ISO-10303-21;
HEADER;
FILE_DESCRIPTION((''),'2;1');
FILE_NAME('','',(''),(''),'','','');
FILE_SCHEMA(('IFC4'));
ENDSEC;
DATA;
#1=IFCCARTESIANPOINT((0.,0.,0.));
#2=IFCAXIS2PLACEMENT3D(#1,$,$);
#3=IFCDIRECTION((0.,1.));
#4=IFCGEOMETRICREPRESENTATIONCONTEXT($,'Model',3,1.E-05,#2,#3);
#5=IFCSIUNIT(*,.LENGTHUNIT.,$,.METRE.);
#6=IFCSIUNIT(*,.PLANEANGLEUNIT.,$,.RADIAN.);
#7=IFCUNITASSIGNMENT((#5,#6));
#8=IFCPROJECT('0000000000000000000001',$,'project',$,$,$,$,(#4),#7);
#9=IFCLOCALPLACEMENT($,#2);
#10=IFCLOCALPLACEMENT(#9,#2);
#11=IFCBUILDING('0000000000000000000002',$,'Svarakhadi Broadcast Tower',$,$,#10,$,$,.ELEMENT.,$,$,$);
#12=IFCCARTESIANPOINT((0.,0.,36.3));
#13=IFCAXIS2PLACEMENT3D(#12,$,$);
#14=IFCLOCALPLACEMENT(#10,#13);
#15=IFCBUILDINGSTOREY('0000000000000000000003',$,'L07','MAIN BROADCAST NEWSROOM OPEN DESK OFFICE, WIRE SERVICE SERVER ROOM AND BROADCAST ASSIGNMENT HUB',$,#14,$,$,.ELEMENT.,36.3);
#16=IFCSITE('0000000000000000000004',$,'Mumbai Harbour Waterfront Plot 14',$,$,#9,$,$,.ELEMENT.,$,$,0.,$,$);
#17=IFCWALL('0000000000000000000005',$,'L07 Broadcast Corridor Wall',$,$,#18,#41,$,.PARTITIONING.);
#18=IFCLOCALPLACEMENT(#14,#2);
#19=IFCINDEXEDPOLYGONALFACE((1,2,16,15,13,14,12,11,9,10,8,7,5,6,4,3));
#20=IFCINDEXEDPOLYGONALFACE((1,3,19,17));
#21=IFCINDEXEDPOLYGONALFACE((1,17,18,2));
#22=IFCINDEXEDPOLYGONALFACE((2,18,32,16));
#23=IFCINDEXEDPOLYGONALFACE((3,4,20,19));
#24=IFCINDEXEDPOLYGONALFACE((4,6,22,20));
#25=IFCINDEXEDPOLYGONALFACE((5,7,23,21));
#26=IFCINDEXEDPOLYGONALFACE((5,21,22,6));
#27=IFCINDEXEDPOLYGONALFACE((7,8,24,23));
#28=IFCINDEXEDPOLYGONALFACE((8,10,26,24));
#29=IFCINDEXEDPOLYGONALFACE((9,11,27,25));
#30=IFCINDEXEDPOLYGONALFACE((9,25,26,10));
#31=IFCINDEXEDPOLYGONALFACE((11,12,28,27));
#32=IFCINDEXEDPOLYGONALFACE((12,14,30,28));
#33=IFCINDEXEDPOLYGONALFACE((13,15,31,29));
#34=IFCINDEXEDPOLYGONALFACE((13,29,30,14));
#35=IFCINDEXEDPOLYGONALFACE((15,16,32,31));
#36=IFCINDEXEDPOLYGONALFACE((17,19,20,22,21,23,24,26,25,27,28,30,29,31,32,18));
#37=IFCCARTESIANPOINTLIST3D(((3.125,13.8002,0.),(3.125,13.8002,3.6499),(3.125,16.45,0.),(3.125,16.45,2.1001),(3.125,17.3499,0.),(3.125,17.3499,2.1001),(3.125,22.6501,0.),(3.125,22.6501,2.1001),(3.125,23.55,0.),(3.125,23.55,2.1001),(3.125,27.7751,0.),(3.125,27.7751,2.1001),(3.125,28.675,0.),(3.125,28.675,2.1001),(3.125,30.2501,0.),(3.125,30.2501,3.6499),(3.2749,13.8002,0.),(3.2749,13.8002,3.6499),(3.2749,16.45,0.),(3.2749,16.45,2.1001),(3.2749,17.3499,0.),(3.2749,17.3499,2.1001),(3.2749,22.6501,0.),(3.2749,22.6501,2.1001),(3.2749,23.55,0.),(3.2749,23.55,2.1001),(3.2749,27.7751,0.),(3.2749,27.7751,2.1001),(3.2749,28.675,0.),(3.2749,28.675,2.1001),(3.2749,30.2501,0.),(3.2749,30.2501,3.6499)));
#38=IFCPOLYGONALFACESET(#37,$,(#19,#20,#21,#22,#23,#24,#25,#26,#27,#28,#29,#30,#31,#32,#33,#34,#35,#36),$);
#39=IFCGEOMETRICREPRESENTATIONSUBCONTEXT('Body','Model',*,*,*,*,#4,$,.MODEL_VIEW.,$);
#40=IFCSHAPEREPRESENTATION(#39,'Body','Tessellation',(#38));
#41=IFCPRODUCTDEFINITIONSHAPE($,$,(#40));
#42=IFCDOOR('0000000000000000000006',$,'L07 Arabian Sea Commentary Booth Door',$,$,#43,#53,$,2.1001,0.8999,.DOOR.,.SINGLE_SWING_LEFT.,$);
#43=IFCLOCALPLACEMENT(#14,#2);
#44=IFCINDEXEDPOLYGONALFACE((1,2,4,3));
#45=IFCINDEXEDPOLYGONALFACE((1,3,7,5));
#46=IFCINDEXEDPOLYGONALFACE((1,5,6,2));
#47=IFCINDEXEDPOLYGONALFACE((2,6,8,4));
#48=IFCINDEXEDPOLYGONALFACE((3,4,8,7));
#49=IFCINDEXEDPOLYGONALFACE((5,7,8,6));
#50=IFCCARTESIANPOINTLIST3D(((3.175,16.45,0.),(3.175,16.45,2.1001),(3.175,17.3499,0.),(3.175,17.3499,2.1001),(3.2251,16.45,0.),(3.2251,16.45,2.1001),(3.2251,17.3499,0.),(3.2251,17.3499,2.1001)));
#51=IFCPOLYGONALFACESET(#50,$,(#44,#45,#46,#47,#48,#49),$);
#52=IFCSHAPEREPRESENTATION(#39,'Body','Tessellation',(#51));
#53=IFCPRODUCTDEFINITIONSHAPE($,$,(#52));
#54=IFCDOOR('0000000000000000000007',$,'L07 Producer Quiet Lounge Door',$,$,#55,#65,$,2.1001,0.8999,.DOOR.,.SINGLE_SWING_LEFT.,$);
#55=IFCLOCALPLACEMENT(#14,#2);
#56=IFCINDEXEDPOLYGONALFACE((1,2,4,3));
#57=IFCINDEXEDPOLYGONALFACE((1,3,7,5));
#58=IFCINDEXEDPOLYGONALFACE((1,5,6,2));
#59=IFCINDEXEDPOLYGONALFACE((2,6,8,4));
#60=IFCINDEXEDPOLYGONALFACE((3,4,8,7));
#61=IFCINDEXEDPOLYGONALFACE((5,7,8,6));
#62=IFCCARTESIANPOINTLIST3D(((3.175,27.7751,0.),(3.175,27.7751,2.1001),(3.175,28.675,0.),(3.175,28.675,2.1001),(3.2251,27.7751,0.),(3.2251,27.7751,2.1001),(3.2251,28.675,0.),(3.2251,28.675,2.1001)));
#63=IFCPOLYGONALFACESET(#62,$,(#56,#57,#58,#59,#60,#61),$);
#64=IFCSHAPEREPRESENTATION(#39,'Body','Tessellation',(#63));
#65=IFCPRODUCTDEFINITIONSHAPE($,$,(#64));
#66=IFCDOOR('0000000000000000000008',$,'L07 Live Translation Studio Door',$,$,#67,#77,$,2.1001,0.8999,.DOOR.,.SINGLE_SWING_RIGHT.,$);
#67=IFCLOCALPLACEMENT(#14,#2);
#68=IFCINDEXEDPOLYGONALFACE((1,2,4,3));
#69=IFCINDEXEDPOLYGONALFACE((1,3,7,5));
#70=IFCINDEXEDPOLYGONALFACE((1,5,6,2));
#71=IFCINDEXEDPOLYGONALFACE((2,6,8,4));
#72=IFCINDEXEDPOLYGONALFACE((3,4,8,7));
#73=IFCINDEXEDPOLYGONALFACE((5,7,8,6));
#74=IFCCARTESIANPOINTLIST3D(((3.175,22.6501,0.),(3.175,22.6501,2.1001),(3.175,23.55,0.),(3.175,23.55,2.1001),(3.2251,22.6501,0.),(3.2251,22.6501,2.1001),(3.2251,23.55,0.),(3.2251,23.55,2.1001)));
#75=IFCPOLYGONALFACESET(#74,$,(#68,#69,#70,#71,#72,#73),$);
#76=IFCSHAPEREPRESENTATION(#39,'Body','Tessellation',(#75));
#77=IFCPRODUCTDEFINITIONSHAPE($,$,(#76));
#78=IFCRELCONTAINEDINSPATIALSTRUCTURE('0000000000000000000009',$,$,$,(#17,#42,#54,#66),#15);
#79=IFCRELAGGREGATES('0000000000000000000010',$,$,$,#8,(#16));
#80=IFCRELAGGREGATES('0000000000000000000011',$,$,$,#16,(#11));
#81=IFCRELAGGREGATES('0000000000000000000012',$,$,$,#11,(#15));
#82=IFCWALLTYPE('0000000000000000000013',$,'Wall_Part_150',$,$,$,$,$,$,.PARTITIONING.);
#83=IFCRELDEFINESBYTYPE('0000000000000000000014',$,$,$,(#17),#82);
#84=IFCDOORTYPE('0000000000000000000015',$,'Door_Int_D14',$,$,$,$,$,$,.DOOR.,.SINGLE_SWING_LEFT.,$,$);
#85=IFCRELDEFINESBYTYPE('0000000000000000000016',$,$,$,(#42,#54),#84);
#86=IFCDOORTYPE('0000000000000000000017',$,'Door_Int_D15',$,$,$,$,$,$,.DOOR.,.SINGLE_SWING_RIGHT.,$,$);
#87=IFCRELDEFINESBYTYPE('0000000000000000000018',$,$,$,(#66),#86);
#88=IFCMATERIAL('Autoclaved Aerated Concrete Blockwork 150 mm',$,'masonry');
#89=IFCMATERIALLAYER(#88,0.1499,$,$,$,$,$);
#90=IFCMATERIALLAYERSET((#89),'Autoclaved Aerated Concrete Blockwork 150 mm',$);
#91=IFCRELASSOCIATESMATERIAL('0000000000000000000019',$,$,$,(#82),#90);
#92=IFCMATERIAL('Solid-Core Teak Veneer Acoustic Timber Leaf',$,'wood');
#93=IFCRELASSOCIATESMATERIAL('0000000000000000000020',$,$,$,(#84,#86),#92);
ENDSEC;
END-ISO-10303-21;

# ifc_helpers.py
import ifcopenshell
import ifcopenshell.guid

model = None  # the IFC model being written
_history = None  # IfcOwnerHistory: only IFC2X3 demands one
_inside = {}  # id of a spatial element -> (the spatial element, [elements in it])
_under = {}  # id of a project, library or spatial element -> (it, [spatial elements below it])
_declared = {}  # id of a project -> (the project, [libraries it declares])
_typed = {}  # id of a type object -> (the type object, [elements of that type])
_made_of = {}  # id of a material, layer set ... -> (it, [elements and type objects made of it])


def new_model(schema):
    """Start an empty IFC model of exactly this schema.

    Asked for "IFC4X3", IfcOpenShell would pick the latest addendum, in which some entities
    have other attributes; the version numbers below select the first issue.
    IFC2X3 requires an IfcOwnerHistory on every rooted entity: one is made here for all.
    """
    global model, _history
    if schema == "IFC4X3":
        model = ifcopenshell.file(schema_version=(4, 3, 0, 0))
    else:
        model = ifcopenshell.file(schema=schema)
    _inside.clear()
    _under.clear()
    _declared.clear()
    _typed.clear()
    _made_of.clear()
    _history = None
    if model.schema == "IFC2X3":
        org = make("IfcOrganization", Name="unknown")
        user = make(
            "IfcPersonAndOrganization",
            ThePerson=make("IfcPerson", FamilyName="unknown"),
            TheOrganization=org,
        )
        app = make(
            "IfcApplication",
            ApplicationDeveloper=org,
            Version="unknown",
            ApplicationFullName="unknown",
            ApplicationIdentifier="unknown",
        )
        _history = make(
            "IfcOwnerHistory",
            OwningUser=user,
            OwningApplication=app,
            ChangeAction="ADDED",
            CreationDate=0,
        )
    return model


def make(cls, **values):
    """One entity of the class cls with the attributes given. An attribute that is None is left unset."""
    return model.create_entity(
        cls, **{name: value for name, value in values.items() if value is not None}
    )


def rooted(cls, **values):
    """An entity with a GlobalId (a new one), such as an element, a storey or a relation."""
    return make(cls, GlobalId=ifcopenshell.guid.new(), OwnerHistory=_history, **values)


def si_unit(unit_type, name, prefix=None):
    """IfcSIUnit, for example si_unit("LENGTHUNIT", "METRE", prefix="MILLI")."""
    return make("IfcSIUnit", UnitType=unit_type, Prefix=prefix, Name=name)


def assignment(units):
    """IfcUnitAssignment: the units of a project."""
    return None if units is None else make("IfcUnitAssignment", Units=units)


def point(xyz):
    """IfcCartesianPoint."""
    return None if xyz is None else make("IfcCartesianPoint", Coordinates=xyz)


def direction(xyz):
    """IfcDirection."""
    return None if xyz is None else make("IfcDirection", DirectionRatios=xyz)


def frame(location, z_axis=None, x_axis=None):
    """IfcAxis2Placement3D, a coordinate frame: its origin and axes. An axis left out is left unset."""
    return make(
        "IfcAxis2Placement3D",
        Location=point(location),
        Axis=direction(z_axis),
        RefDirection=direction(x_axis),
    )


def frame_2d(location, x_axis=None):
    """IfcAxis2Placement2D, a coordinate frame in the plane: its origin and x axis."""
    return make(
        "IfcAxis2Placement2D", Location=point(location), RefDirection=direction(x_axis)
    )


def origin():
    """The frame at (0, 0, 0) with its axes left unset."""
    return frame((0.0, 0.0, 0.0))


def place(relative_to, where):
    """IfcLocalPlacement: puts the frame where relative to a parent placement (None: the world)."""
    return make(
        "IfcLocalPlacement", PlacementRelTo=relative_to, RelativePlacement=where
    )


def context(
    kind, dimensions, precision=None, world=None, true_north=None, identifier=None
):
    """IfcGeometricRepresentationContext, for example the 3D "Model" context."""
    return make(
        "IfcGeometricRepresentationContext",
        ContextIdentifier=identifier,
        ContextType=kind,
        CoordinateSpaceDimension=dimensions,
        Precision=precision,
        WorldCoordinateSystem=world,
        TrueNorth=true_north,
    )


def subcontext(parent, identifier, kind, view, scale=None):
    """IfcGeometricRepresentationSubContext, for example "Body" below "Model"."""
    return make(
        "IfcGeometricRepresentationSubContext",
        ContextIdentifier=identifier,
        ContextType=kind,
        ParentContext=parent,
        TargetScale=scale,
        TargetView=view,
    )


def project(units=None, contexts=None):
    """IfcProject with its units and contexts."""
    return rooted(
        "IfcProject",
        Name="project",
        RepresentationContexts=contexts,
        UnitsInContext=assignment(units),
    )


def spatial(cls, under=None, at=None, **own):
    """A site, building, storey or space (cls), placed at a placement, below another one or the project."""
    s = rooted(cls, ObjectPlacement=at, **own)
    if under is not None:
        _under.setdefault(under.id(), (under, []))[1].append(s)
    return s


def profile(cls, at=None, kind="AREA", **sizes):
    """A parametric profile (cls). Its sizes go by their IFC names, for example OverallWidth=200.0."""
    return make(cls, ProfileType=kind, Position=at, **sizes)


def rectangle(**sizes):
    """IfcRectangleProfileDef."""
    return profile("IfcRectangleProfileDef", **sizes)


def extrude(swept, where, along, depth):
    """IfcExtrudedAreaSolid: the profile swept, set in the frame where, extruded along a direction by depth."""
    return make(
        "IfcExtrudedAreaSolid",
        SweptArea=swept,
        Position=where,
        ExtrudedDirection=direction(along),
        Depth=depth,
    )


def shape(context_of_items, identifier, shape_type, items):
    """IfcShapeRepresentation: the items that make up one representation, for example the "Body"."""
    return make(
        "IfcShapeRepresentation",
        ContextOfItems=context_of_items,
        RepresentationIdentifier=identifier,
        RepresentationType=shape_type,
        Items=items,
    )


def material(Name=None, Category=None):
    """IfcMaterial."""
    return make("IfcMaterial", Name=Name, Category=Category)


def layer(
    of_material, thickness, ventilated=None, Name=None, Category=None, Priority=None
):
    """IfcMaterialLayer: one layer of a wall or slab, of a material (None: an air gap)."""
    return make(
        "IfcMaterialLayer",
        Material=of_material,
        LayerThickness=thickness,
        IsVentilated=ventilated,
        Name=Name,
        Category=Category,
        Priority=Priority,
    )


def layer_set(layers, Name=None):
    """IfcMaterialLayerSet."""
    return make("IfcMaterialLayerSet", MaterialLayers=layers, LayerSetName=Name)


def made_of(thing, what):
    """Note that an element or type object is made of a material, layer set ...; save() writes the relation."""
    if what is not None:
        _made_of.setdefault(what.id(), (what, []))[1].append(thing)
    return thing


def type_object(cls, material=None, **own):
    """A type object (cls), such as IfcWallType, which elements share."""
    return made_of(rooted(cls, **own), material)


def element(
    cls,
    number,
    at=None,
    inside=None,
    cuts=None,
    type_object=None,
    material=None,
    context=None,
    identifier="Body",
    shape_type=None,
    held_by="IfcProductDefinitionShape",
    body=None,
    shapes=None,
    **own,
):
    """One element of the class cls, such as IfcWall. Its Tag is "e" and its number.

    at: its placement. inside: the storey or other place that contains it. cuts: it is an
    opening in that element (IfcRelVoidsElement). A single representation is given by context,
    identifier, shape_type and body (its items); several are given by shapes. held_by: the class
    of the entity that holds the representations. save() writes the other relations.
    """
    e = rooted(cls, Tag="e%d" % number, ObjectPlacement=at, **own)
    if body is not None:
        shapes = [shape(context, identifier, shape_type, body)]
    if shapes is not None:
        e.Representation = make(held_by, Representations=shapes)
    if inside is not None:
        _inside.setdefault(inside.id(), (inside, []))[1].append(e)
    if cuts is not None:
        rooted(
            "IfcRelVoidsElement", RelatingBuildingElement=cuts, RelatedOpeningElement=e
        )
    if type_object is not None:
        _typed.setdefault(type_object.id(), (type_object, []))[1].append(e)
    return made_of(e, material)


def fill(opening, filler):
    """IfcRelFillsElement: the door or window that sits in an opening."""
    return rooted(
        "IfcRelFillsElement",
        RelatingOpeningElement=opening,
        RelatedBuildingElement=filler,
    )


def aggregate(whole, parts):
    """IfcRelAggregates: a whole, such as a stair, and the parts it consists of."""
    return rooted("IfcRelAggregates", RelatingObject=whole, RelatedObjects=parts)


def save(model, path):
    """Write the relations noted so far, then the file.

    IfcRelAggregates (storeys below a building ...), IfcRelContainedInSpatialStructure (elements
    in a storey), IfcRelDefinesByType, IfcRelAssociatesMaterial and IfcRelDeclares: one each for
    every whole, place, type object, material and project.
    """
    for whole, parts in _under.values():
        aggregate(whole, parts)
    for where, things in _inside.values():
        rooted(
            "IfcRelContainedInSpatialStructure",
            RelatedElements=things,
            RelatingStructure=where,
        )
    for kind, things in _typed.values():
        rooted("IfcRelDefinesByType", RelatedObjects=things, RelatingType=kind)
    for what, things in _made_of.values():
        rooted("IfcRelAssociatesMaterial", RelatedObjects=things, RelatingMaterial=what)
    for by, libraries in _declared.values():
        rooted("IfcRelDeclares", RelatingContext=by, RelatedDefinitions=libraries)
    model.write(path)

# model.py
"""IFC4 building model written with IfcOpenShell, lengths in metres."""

from ifc_helpers import new_model, si_unit, direction, frame, frame_2d, origin, place, context, subcontext, project, spatial, rectangle, extrude, material, layer, layer_set, type_object, element, fill, save


model = new_model("IFC4")

# Units and contexts
model_context = context("Model", 3, precision=1e-05, world=origin(), true_north=direction((0.0, 1.0)))
body_context = subcontext(model_context, "Body", "Model", "MODEL_VIEW")
ifc_project = project(units=[si_unit("LENGTHUNIT", "METRE"), si_unit("PLANEANGLEUNIT", "RADIAN")], contexts=[model_context])

# Site, building, storey
site_placement = place(None, origin())
site = spatial("IfcSite", under=ifc_project, at=site_placement, Name="Mumbai Harbour Waterfront Plot 14", CompositionType="ELEMENT", RefElevation=0.0)
building_placement = place(site_placement, origin())
building = spatial("IfcBuilding", under=site, at=building_placement, Name="Svarakhadi Broadcast Tower", CompositionType="ELEMENT")
storey_placement = place(building_placement, frame((0.0, 0.0, 36.3)))
storey = spatial("IfcBuildingStorey", under=building, at=storey_placement, Name="L07", Description="MAIN BROADCAST NEWSROOM OPEN DESK OFFICE, WIRE SERVICE SERVER ROOM AND BROADCAST ASSIGNMENT HUB", CompositionType="ELEMENT", Elevation=36.3)

# Shared definitions
ifc_material_1 = material(Name="Autoclaved Aerated Concrete Blockwork 150 mm", Category="masonry")
ifc_layer_1 = layer(ifc_material_1, 0.1499)
ifc_layer_set_1 = layer_set([ifc_layer_1], Name="Autoclaved Aerated Concrete Blockwork 150 mm")
wall_type_1 = type_object("IfcWallType", Name="Wall_Part_150", PredefinedType="PARTITIONING", material=ifc_layer_set_1)

# Wall, openings, doors
wall_1_placement = place(storey_placement, frame((3.2, 13.8, 0.0), z_axis=(0.0, 0.0, 1.0), x_axis=(0.0, 1.0, 0.0)))
wall_1 = element("IfcWall", 1, at=wall_1_placement, inside=storey, type_object=wall_type_1, Name="L07 Broadcast Corridor Wall", PredefinedType="PARTITIONING", context=body_context, shape_type="SweptSolid", body=[
    extrude(rectangle(XDim=16.45, YDim=0.1499, at=frame_2d((8.2251, 0.0))), origin(), (0.0, 0.0, 1.0), 3.6499),
])
opening_1_placement = place(wall_1_placement, frame((2.6499, 0.0, 0.0)))
opening_1 = element("IfcOpeningElement", 2, at=opening_1_placement, cuts=wall_1, PredefinedType="OPENING", context=body_context, shape_type="SweptSolid", body=[
    extrude(rectangle(XDim=0.8999, YDim=2.1001, at=frame_2d((0.45, 1.05))), frame((0.0, 0.085, 0.0), z_axis=(0.0, -1.0, 0.0), x_axis=(1.0, 0.0, 0.0)), (0.0, 0.0, 1.0), 0.1699),
])
opening_2_placement = place(wall_1_placement, frame((8.8501, 0.0, 0.0)))
opening_2 = element("IfcOpeningElement", 3, at=opening_2_placement, cuts=wall_1, PredefinedType="OPENING", context=body_context, shape_type="SweptSolid", body=[
    extrude(rectangle(XDim=0.8999, YDim=2.1001, at=frame_2d((0.45, 1.05))), frame((0.0, 0.085, 0.0), z_axis=(0.0, -1.0, 0.0), x_axis=(1.0, 0.0, 0.0)), (0.0, 0.0, 1.0), 0.1699),
])
opening_3_placement = place(wall_1_placement, frame((13.9751, 0.0, 0.0)))
opening_3 = element("IfcOpeningElement", 4, at=opening_3_placement, cuts=wall_1, PredefinedType="OPENING", context=body_context, shape_type="SweptSolid", body=[
    extrude(rectangle(XDim=0.8999, YDim=2.1001, at=frame_2d((0.45, 1.05))), frame((0.0, 0.085, 0.0), z_axis=(0.0, -1.0, 0.0), x_axis=(1.0, 0.0, 0.0)), (0.0, 0.0, 1.0), 0.1699),
])
ifc_material_2 = material(Name="Solid-Core Teak Veneer Acoustic Timber Leaf", Category="wood")
door_type_1 = type_object("IfcDoorType", Name="Door_Int_D14", OperationType="SINGLE_SWING_LEFT", PredefinedType="DOOR", material=ifc_material_2)
door_1_placement = place(opening_1_placement, origin())
door_1 = element("IfcDoor", 5, at=door_1_placement, inside=storey, type_object=door_type_1, Name="L07 Arabian Sea Commentary Booth Door", OperationType="SINGLE_SWING_LEFT", OverallHeight=2.1001, OverallWidth=0.8999, PredefinedType="DOOR", context=body_context, shape_type="SweptSolid", body=[
    extrude(rectangle(XDim=0.8999, YDim=2.1001, at=frame_2d((0.45, 1.05))), frame((0.0, 0.0249, 0.0), z_axis=(0.0, -1.0, 0.0), x_axis=(1.0, 0.0, 0.0)), (0.0, 0.0, 1.0), 0.05),
])
fill(opening_1, door_1)
door_2_placement = place(opening_3_placement, origin())
door_2 = element("IfcDoor", 6, at=door_2_placement, inside=storey, type_object=door_type_1, Name="L07 Producer Quiet Lounge Door", OperationType="SINGLE_SWING_LEFT", OverallHeight=2.1001, OverallWidth=0.8999, PredefinedType="DOOR", context=body_context, shape_type="SweptSolid", body=[
    extrude(rectangle(XDim=0.8999, YDim=2.1001, at=frame_2d((0.45, 1.05))), frame((0.0, 0.0249, 0.0), z_axis=(0.0, -1.0, 0.0), x_axis=(1.0, 0.0, 0.0)), (0.0, 0.0, 1.0), 0.05),
])
fill(opening_3, door_2)
door_type_2 = type_object("IfcDoorType", Name="Door_Int_D15", OperationType="SINGLE_SWING_RIGHT", PredefinedType="DOOR", material=ifc_material_2)
door_3_placement = place(opening_2_placement, origin())
door_3 = element("IfcDoor", 7, at=door_3_placement, inside=storey, type_object=door_type_2, Name="L07 Live Translation Studio Door", OperationType="SINGLE_SWING_RIGHT", OverallHeight=2.1001, OverallWidth=0.8999, PredefinedType="DOOR", context=body_context, shape_type="SweptSolid", body=[
    extrude(rectangle(XDim=0.8999, YDim=2.1001, at=frame_2d((0.45, 1.05))), frame((0.0, 0.0249, 0.0), z_axis=(0.0, -1.0, 0.0), x_axis=(1.0, 0.0, 0.0)), (0.0, 0.0, 1.0), 0.05),
])
fill(opening_2, door_3)

save(model, "model.ifc")
